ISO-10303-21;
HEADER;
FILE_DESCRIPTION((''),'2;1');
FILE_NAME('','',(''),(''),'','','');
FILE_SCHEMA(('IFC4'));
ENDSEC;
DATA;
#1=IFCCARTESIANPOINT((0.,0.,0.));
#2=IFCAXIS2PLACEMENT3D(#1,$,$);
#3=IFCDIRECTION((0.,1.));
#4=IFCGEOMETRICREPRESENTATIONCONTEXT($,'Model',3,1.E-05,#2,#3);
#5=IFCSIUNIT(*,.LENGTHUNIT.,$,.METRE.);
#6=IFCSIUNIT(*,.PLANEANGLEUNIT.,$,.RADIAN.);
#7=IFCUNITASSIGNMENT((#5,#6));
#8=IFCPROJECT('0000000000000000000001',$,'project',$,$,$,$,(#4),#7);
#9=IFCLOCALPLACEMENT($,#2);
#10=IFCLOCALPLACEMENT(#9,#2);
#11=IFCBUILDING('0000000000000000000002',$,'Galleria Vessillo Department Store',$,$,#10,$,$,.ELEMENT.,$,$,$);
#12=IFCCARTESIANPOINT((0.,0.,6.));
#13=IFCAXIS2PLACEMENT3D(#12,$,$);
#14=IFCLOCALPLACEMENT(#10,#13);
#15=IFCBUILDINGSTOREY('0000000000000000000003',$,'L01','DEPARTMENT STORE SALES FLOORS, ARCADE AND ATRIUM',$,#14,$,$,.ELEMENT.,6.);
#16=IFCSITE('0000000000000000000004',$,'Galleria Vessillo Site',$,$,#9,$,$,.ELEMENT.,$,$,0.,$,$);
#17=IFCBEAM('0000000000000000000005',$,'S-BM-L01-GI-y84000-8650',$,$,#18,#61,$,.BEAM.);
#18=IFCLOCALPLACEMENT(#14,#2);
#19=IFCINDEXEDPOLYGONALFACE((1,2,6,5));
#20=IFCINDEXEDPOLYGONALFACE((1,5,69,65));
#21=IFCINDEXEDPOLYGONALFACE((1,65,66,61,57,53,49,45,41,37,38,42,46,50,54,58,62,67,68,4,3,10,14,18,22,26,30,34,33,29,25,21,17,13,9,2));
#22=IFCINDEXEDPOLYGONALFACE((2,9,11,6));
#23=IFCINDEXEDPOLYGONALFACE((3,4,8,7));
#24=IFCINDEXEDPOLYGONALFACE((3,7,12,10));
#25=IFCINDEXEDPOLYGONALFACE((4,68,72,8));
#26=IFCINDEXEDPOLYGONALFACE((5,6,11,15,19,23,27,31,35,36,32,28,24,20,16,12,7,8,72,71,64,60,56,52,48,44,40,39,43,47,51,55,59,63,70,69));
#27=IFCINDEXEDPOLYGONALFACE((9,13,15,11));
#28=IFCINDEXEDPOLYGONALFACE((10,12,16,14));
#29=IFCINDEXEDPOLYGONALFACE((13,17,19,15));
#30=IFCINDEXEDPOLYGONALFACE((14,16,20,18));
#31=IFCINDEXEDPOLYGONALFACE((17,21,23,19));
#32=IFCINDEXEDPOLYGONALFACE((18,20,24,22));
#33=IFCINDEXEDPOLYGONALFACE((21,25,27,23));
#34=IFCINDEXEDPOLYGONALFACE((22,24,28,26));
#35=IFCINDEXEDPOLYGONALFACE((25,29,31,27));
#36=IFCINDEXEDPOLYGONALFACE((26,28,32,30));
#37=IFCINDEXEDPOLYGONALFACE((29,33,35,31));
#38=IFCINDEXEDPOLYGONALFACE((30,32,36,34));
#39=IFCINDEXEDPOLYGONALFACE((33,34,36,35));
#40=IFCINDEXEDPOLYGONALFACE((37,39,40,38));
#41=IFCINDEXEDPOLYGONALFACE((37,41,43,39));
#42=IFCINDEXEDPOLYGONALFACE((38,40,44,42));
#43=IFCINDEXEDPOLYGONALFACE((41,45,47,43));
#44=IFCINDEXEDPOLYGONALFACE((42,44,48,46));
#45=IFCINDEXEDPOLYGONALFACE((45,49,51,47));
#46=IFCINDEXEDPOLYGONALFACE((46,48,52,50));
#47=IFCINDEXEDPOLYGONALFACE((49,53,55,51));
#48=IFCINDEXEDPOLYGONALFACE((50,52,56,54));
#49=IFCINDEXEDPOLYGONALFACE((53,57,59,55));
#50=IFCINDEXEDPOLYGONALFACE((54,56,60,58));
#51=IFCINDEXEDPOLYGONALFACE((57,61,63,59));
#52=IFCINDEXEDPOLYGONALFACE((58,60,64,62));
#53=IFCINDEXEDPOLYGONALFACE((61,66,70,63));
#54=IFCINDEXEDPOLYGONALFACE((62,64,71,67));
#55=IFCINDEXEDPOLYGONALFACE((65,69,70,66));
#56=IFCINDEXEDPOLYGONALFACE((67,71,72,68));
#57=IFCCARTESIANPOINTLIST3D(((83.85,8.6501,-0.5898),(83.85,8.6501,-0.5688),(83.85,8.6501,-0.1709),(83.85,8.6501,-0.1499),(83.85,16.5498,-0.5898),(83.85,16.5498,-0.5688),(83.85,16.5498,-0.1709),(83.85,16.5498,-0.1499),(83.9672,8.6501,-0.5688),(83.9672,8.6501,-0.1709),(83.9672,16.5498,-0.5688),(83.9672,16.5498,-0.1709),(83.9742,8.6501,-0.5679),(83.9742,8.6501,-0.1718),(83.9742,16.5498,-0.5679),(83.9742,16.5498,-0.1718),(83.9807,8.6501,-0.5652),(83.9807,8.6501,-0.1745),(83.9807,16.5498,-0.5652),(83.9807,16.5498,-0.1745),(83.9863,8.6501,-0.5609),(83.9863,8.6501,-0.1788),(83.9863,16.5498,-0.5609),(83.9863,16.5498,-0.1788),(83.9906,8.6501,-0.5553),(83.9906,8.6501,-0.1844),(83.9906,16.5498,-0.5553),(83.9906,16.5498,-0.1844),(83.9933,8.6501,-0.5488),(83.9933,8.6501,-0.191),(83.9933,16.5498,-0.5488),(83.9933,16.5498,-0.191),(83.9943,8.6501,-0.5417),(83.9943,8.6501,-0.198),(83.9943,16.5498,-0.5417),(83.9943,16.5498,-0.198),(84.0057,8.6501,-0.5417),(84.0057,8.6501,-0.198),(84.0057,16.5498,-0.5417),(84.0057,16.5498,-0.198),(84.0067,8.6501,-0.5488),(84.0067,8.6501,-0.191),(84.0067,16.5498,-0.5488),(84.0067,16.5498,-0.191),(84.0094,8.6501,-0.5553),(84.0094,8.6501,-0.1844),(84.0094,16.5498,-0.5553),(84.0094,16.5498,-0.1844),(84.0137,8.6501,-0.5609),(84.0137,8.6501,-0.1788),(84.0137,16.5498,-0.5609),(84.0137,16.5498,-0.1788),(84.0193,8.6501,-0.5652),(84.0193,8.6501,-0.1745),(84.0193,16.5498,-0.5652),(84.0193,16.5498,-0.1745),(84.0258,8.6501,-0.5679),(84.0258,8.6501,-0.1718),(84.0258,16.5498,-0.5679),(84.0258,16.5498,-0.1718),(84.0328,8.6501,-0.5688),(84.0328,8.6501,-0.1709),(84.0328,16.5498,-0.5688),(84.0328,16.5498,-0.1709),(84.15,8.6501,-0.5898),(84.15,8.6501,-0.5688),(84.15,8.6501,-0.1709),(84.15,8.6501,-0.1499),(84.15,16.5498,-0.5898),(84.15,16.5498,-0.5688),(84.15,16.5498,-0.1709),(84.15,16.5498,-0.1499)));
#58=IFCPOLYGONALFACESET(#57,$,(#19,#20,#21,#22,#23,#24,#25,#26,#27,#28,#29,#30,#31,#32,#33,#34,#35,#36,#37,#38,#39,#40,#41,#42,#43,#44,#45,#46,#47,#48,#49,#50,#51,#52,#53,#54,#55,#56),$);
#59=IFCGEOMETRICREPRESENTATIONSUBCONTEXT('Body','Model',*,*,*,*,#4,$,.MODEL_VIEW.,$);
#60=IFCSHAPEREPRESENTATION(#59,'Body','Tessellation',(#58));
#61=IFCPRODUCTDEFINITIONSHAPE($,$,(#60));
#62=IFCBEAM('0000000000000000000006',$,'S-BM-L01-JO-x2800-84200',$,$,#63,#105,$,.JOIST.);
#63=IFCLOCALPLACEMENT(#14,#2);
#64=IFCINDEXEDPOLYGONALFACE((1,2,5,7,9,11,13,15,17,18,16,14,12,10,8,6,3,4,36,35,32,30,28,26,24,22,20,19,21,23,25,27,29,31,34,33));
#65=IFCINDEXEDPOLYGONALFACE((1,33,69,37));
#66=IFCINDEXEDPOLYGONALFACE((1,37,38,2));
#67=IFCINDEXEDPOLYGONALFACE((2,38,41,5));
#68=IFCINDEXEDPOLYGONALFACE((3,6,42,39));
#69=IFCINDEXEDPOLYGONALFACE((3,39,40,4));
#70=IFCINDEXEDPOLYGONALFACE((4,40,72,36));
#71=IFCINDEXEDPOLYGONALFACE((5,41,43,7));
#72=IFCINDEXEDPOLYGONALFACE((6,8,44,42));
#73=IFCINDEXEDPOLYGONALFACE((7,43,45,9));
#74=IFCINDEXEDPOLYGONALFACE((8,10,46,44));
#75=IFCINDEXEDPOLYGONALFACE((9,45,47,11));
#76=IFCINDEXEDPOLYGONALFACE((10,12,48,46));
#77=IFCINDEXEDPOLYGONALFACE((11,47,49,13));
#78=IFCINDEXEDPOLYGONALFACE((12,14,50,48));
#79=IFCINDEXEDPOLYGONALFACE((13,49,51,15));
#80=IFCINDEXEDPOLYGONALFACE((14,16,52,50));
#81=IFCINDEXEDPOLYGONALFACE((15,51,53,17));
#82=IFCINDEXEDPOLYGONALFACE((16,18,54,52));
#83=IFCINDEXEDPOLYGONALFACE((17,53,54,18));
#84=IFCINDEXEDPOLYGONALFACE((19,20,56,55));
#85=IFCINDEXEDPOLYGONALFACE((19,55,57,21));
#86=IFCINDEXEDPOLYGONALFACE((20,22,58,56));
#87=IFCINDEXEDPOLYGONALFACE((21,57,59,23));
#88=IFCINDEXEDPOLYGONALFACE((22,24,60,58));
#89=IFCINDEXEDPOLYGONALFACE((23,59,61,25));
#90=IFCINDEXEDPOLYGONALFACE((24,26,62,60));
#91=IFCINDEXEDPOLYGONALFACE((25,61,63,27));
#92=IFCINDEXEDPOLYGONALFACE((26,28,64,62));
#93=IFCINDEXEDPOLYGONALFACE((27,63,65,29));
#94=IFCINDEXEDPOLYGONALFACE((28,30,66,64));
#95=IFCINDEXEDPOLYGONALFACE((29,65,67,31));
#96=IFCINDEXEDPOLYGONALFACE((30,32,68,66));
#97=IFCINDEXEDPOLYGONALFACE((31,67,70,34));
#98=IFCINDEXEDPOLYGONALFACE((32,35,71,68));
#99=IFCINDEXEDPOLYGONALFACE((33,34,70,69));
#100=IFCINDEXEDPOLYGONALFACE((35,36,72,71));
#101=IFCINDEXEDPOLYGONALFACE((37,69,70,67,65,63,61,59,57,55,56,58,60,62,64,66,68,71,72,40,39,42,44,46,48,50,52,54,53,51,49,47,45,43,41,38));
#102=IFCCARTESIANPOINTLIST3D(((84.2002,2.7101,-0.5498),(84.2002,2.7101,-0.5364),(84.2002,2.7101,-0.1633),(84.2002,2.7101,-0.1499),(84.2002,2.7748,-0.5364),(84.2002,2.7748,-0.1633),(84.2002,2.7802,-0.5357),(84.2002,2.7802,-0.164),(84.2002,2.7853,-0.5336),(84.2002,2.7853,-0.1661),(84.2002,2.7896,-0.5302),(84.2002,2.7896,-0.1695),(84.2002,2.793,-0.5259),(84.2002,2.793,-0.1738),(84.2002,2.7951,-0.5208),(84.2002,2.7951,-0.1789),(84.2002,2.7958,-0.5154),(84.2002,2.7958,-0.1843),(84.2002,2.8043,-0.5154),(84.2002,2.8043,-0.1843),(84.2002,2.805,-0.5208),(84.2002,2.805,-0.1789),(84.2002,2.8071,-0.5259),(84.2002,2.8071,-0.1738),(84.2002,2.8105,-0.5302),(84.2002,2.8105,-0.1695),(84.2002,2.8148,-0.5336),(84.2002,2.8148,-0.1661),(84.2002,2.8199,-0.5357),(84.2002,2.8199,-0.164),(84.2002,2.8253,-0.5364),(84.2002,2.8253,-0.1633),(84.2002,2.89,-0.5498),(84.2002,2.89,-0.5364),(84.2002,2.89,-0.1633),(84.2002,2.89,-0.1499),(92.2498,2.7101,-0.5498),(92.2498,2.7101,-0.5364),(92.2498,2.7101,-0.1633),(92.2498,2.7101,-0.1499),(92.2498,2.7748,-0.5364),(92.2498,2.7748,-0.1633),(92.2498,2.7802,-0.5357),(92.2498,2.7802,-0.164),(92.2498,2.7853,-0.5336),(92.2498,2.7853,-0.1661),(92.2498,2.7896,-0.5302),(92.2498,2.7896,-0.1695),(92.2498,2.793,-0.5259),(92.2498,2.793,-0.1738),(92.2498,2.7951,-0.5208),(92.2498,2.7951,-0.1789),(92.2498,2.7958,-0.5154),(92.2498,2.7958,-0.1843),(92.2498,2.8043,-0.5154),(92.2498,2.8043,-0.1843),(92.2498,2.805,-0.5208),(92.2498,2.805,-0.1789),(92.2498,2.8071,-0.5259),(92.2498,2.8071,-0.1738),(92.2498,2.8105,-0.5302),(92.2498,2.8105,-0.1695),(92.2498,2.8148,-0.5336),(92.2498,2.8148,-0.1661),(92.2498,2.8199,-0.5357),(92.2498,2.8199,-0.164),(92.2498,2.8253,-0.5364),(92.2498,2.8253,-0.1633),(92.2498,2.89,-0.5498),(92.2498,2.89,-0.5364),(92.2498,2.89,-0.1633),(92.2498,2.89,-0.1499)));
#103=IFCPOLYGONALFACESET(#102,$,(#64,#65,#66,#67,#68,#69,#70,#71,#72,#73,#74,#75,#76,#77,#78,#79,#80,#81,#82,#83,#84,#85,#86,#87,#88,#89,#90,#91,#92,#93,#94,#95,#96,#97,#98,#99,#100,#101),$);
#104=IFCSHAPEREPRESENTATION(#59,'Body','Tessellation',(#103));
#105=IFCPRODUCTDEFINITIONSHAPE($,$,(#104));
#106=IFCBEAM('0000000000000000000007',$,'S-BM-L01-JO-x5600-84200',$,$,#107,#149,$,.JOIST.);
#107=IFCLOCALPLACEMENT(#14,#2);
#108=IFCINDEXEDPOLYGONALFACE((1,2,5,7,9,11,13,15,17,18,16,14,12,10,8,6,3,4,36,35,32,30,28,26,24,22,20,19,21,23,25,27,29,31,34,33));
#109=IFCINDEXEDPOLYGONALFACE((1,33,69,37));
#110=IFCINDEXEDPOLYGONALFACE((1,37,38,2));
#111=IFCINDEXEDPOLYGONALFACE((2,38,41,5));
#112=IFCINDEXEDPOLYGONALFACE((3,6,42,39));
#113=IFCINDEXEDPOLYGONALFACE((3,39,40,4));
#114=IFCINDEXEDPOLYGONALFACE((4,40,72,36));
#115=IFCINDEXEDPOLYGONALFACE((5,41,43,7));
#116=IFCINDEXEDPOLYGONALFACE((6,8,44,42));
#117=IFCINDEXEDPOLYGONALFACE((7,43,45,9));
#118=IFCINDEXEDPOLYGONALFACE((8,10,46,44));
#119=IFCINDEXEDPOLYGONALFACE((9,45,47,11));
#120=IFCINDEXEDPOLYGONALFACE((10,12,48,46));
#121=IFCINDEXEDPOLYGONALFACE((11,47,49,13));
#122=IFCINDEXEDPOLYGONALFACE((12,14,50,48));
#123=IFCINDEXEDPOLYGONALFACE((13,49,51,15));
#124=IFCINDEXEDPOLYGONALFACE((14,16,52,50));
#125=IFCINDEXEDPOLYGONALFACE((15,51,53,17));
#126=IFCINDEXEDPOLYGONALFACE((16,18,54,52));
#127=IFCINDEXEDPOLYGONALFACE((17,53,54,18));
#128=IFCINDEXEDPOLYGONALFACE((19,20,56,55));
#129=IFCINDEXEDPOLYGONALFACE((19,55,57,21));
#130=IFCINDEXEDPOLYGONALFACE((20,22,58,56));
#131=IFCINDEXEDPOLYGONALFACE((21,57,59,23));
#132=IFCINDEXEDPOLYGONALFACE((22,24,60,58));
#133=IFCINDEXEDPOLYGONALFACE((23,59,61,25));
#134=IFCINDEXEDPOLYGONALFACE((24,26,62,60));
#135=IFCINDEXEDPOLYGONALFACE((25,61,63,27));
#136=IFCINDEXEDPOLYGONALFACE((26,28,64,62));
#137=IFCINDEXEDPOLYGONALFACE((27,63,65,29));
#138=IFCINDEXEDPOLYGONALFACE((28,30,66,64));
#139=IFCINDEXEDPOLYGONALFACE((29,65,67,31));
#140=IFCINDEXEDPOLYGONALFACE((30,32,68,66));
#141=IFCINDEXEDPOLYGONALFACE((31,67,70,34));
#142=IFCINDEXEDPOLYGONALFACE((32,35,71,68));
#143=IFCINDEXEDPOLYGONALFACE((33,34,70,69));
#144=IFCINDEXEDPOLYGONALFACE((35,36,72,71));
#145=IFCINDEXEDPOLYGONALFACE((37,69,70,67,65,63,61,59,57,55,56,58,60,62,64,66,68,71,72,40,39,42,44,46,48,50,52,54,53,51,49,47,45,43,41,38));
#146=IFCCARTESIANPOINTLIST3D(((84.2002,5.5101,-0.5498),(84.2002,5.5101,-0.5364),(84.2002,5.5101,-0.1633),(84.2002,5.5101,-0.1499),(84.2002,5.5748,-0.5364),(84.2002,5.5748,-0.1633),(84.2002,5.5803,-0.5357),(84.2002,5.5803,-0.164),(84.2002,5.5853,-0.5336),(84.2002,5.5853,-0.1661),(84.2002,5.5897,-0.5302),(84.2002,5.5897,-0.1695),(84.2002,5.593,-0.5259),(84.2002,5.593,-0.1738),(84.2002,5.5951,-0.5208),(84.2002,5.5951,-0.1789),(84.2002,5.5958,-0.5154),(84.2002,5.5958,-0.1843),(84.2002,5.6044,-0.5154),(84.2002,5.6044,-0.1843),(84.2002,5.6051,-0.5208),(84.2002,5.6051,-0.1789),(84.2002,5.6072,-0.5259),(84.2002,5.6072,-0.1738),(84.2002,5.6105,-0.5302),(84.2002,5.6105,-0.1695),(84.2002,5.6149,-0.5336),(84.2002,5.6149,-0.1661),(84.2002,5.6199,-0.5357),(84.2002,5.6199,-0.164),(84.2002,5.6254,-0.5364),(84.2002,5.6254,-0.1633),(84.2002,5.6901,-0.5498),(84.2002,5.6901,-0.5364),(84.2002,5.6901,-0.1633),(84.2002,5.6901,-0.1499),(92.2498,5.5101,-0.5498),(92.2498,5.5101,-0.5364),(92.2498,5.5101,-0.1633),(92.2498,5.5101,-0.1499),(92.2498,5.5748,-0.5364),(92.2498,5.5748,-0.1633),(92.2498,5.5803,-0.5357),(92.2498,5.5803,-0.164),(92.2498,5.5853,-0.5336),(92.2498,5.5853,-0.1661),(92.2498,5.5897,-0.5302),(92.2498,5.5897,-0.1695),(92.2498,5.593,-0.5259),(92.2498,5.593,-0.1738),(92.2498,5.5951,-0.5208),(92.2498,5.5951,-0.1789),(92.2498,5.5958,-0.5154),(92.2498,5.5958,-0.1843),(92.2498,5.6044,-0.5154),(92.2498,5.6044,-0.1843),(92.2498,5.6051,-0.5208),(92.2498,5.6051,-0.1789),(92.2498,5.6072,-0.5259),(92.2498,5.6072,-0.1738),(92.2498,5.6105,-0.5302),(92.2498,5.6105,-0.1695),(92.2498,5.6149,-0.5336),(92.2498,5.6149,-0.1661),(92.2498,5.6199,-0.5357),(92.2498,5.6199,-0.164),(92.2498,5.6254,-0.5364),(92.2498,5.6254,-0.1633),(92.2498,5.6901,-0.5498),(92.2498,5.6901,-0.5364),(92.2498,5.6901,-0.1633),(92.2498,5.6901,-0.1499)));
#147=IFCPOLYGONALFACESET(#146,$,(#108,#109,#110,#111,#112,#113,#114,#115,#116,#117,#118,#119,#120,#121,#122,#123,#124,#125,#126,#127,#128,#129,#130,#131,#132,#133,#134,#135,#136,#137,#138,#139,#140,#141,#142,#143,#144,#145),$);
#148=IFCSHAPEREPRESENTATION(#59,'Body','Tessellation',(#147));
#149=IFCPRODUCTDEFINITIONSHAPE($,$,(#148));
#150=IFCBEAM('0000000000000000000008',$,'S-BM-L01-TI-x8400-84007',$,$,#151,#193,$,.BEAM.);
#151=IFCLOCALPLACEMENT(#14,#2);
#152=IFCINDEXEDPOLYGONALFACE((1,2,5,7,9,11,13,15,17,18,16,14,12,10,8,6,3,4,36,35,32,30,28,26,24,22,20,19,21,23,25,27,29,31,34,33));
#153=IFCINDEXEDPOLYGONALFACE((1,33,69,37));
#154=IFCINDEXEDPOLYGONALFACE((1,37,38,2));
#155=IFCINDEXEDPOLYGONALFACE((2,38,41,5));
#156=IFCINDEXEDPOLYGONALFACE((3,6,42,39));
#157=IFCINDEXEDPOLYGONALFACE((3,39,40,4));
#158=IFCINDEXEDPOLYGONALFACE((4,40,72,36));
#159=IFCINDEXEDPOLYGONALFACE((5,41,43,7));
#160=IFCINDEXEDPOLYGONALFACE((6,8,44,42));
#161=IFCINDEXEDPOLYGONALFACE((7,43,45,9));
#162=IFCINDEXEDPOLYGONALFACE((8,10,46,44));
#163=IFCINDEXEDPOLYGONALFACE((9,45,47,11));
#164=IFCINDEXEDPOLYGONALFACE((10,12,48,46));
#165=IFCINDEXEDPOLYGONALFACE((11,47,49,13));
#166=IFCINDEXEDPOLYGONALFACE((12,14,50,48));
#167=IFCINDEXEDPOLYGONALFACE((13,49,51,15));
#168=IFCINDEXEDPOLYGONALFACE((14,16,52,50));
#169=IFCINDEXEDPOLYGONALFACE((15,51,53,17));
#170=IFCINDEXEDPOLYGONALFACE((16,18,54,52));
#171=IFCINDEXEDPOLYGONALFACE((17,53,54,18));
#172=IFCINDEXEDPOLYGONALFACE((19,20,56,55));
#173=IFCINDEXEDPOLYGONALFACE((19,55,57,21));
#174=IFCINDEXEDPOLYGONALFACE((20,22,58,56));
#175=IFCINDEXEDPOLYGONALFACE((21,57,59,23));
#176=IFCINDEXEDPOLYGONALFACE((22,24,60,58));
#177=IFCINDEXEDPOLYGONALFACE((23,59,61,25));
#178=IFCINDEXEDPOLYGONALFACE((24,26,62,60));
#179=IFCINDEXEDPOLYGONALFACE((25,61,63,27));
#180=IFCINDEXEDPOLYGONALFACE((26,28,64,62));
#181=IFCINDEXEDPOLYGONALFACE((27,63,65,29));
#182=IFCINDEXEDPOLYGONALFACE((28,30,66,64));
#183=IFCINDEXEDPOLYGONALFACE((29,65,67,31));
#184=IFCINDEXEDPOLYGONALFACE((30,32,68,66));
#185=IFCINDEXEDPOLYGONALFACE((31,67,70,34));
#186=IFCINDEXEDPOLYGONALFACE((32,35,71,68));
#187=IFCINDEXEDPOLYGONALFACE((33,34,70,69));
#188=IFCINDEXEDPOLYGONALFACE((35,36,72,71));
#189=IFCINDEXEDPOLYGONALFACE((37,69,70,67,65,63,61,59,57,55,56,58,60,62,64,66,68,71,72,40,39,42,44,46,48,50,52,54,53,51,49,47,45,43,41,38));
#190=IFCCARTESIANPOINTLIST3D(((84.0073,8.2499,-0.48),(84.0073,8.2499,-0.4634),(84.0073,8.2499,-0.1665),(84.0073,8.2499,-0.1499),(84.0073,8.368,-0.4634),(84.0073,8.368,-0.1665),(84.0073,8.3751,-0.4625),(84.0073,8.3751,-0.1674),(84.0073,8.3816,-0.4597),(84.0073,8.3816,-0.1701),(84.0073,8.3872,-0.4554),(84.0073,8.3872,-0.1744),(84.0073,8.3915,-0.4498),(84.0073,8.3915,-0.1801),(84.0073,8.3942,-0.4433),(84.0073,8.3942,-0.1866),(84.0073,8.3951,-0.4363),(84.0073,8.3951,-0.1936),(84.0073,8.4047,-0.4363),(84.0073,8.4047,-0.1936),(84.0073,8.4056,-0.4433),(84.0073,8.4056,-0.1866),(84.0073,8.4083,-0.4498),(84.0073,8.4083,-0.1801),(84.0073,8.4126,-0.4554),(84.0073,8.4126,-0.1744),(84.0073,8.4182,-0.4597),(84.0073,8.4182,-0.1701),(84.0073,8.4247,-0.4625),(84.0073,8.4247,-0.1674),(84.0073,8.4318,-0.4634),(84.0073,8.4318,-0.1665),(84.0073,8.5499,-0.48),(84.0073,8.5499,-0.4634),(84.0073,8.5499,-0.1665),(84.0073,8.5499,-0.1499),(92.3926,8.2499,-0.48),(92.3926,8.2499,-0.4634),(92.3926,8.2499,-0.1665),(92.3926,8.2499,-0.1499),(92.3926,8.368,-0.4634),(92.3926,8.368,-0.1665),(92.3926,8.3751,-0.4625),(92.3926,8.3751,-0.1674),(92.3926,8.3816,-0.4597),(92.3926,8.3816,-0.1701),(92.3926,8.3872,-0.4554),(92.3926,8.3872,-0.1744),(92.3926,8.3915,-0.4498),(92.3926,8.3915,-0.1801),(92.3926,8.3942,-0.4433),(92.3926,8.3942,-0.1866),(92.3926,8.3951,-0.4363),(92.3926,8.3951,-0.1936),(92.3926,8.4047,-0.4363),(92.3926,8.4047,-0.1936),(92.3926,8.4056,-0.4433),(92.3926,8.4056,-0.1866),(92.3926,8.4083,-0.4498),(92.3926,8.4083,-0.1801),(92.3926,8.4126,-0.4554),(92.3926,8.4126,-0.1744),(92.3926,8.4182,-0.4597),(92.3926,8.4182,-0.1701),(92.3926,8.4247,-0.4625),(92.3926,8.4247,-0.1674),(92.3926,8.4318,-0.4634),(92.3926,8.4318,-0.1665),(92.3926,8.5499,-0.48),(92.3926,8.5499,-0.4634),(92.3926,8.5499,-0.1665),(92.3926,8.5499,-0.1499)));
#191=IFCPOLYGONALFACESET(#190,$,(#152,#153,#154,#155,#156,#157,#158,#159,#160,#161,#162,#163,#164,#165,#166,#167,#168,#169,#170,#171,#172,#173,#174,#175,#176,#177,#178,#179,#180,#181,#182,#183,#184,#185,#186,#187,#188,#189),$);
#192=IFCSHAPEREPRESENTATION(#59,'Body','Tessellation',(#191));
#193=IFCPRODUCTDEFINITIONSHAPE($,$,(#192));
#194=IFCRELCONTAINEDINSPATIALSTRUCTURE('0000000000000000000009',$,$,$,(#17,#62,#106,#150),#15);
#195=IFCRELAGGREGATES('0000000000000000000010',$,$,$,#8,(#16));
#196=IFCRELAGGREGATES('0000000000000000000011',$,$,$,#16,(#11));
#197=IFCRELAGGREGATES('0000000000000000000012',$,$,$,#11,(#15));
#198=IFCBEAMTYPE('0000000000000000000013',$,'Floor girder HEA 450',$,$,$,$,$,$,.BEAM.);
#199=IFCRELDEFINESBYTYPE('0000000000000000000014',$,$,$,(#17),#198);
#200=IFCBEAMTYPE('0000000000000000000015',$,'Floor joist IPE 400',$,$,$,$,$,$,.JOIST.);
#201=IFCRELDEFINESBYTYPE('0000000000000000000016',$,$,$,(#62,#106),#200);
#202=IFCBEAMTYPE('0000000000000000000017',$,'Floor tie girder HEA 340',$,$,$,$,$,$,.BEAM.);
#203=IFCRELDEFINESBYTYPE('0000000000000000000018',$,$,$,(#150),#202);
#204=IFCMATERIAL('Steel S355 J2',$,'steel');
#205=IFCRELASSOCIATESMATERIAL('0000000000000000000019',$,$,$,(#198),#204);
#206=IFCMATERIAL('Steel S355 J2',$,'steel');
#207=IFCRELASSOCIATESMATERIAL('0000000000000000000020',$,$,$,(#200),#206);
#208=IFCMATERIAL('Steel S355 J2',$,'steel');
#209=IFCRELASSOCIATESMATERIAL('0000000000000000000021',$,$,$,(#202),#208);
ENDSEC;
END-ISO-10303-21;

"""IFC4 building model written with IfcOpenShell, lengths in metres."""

from ifc_helpers import new_model, si_unit, direction, frame, origin, origin_2d, place, context, subcontext, project, spatial, i_section, extrude, material, material_profile, profile_set, type_object, element, save


model = new_model("IFC4")

# Units and contexts
model_context = context("Model", 3, precision=1e-05, world=origin(), true_north=direction((0.0, 1.0)))
body_context = subcontext(model_context, "Body", "Model", "MODEL_VIEW")
ifc_project = project(units=[si_unit("LENGTHUNIT", "METRE"), si_unit("PLANEANGLEUNIT", "RADIAN")], contexts=[model_context])

# Site, building, storey
site_placement = place(None, origin())
site = spatial("IfcSite", under=ifc_project, at=site_placement, Name="Galleria Vessillo Site", CompositionType="ELEMENT", RefElevation=0.0)
building_placement = place(site_placement, origin())
building = spatial("IfcBuilding", under=site, at=building_placement, Name="Galleria Vessillo Department Store", CompositionType="ELEMENT")
storey_placement = place(building_placement, frame((0.0, 0.0, 6.0)))
storey = spatial("IfcBuildingStorey", under=building, at=storey_placement, Name="L01", Description="DEPARTMENT STORE SALES FLOORS, ARCADE AND ATRIUM", CompositionType="ELEMENT", Elevation=6.0)

# Beams
ifc_material_1 = material(Name="Steel S355 J2", Category="steel")
ifc_material_profile_1 = material_profile(ifc_material_1, i_section(OverallWidth=0.3, OverallDepth=0.4399, WebThickness=0.0115, FlangeThickness=0.021, FilletRadius=0.0271, at=origin_2d()), Name="HEA 450")
ifc_profile_set_1 = profile_set([ifc_material_profile_1], Name="Steel S355 J2")
beam_type_1 = type_object("IfcBeamType", Name="Floor girder HEA 450", PredefinedType="BEAM", material=ifc_profile_set_1)
for number, where, z_axis, x_axis, name in (
    (1, (84.0, 8.6501, -0.3699), (0.0, 1.0, 0.0), (-1.0, 0.0, 0.0), "S-BM-L01-GI-y84000-8650"),
):
    element("IfcBeam", number, at=place(storey_placement, frame(where, z_axis=z_axis, x_axis=x_axis)), inside=storey, type_object=beam_type_1, Name=name, PredefinedType="BEAM", context=body_context, shape_type="SweptSolid", body=[
        extrude(i_section(OverallWidth=0.3, OverallDepth=0.4399, WebThickness=0.0115, FlangeThickness=0.021, FilletRadius=0.0271, at=origin_2d()), origin(), (0.0, 0.0, 1.0), 7.8997),
    ])
ifc_material_2 = material(Name="Steel S355 J2", Category="steel")
ifc_material_profile_2 = material_profile(ifc_material_2, i_section(OverallWidth=0.1799, OverallDepth=0.3999, WebThickness=0.0085, FlangeThickness=0.0134, FilletRadius=0.021, at=origin_2d()), Name="IPE 400")
ifc_profile_set_2 = profile_set([ifc_material_profile_2], Name="Steel S355 J2")
beam_type_2 = type_object("IfcBeamType", Name="Floor joist IPE 400", PredefinedType="JOIST", material=ifc_profile_set_2)
for number, where, z_axis, x_axis, name in (
    (2, (84.2002, 2.8, -0.3499), (1.0, 0.0, 0.0), (0.0, 1.0, 0.0), "S-BM-L01-JO-x2800-84200"),
    (3, (84.2002, 5.6001, -0.3499), (1.0, 0.0, 0.0), (0.0, 1.0, 0.0), "S-BM-L01-JO-x5600-84200"),
):
    element("IfcBeam", number, at=place(storey_placement, frame(where, z_axis=z_axis, x_axis=x_axis)), inside=storey, type_object=beam_type_2, Name=name, PredefinedType="JOIST", context=body_context, shape_type="SweptSolid", body=[
        extrude(i_section(OverallWidth=0.1799, OverallDepth=0.3999, WebThickness=0.0085, FlangeThickness=0.0134, FilletRadius=0.021, at=origin_2d()), origin(), (0.0, 0.0, 1.0), 8.0496),
    ])
ifc_material_3 = material(Name="Steel S355 J2", Category="steel")
ifc_material_profile_3 = material_profile(ifc_material_3, i_section(OverallWidth=0.3, OverallDepth=0.3301, WebThickness=0.0095, FlangeThickness=0.0166, FilletRadius=0.0271, at=origin_2d()), Name="HEA 340")
ifc_profile_set_3 = profile_set([ifc_material_profile_3], Name="Steel S355 J2")
beam_type_3 = type_object("IfcBeamType", Name="Floor tie girder HEA 340", PredefinedType="BEAM", material=ifc_profile_set_3)
beam_placement = place(storey_placement, frame((84.0073, 8.3999, -0.3149), z_axis=(1.0, 0.0, 0.0), x_axis=(0.0, 1.0, 0.0)))
element("IfcBeam", 4, at=beam_placement, inside=storey, type_object=beam_type_3, Name="S-BM-L01-TI-x8400-84007", PredefinedType="BEAM", context=body_context, shape_type="SweptSolid", body=[
    extrude(i_section(OverallWidth=0.3, OverallDepth=0.3301, WebThickness=0.0095, FlangeThickness=0.0166, FilletRadius=0.0271, at=origin_2d()), origin(), (0.0, 0.0, 1.0), 8.3853),
])

save(model, "model.ifc")
